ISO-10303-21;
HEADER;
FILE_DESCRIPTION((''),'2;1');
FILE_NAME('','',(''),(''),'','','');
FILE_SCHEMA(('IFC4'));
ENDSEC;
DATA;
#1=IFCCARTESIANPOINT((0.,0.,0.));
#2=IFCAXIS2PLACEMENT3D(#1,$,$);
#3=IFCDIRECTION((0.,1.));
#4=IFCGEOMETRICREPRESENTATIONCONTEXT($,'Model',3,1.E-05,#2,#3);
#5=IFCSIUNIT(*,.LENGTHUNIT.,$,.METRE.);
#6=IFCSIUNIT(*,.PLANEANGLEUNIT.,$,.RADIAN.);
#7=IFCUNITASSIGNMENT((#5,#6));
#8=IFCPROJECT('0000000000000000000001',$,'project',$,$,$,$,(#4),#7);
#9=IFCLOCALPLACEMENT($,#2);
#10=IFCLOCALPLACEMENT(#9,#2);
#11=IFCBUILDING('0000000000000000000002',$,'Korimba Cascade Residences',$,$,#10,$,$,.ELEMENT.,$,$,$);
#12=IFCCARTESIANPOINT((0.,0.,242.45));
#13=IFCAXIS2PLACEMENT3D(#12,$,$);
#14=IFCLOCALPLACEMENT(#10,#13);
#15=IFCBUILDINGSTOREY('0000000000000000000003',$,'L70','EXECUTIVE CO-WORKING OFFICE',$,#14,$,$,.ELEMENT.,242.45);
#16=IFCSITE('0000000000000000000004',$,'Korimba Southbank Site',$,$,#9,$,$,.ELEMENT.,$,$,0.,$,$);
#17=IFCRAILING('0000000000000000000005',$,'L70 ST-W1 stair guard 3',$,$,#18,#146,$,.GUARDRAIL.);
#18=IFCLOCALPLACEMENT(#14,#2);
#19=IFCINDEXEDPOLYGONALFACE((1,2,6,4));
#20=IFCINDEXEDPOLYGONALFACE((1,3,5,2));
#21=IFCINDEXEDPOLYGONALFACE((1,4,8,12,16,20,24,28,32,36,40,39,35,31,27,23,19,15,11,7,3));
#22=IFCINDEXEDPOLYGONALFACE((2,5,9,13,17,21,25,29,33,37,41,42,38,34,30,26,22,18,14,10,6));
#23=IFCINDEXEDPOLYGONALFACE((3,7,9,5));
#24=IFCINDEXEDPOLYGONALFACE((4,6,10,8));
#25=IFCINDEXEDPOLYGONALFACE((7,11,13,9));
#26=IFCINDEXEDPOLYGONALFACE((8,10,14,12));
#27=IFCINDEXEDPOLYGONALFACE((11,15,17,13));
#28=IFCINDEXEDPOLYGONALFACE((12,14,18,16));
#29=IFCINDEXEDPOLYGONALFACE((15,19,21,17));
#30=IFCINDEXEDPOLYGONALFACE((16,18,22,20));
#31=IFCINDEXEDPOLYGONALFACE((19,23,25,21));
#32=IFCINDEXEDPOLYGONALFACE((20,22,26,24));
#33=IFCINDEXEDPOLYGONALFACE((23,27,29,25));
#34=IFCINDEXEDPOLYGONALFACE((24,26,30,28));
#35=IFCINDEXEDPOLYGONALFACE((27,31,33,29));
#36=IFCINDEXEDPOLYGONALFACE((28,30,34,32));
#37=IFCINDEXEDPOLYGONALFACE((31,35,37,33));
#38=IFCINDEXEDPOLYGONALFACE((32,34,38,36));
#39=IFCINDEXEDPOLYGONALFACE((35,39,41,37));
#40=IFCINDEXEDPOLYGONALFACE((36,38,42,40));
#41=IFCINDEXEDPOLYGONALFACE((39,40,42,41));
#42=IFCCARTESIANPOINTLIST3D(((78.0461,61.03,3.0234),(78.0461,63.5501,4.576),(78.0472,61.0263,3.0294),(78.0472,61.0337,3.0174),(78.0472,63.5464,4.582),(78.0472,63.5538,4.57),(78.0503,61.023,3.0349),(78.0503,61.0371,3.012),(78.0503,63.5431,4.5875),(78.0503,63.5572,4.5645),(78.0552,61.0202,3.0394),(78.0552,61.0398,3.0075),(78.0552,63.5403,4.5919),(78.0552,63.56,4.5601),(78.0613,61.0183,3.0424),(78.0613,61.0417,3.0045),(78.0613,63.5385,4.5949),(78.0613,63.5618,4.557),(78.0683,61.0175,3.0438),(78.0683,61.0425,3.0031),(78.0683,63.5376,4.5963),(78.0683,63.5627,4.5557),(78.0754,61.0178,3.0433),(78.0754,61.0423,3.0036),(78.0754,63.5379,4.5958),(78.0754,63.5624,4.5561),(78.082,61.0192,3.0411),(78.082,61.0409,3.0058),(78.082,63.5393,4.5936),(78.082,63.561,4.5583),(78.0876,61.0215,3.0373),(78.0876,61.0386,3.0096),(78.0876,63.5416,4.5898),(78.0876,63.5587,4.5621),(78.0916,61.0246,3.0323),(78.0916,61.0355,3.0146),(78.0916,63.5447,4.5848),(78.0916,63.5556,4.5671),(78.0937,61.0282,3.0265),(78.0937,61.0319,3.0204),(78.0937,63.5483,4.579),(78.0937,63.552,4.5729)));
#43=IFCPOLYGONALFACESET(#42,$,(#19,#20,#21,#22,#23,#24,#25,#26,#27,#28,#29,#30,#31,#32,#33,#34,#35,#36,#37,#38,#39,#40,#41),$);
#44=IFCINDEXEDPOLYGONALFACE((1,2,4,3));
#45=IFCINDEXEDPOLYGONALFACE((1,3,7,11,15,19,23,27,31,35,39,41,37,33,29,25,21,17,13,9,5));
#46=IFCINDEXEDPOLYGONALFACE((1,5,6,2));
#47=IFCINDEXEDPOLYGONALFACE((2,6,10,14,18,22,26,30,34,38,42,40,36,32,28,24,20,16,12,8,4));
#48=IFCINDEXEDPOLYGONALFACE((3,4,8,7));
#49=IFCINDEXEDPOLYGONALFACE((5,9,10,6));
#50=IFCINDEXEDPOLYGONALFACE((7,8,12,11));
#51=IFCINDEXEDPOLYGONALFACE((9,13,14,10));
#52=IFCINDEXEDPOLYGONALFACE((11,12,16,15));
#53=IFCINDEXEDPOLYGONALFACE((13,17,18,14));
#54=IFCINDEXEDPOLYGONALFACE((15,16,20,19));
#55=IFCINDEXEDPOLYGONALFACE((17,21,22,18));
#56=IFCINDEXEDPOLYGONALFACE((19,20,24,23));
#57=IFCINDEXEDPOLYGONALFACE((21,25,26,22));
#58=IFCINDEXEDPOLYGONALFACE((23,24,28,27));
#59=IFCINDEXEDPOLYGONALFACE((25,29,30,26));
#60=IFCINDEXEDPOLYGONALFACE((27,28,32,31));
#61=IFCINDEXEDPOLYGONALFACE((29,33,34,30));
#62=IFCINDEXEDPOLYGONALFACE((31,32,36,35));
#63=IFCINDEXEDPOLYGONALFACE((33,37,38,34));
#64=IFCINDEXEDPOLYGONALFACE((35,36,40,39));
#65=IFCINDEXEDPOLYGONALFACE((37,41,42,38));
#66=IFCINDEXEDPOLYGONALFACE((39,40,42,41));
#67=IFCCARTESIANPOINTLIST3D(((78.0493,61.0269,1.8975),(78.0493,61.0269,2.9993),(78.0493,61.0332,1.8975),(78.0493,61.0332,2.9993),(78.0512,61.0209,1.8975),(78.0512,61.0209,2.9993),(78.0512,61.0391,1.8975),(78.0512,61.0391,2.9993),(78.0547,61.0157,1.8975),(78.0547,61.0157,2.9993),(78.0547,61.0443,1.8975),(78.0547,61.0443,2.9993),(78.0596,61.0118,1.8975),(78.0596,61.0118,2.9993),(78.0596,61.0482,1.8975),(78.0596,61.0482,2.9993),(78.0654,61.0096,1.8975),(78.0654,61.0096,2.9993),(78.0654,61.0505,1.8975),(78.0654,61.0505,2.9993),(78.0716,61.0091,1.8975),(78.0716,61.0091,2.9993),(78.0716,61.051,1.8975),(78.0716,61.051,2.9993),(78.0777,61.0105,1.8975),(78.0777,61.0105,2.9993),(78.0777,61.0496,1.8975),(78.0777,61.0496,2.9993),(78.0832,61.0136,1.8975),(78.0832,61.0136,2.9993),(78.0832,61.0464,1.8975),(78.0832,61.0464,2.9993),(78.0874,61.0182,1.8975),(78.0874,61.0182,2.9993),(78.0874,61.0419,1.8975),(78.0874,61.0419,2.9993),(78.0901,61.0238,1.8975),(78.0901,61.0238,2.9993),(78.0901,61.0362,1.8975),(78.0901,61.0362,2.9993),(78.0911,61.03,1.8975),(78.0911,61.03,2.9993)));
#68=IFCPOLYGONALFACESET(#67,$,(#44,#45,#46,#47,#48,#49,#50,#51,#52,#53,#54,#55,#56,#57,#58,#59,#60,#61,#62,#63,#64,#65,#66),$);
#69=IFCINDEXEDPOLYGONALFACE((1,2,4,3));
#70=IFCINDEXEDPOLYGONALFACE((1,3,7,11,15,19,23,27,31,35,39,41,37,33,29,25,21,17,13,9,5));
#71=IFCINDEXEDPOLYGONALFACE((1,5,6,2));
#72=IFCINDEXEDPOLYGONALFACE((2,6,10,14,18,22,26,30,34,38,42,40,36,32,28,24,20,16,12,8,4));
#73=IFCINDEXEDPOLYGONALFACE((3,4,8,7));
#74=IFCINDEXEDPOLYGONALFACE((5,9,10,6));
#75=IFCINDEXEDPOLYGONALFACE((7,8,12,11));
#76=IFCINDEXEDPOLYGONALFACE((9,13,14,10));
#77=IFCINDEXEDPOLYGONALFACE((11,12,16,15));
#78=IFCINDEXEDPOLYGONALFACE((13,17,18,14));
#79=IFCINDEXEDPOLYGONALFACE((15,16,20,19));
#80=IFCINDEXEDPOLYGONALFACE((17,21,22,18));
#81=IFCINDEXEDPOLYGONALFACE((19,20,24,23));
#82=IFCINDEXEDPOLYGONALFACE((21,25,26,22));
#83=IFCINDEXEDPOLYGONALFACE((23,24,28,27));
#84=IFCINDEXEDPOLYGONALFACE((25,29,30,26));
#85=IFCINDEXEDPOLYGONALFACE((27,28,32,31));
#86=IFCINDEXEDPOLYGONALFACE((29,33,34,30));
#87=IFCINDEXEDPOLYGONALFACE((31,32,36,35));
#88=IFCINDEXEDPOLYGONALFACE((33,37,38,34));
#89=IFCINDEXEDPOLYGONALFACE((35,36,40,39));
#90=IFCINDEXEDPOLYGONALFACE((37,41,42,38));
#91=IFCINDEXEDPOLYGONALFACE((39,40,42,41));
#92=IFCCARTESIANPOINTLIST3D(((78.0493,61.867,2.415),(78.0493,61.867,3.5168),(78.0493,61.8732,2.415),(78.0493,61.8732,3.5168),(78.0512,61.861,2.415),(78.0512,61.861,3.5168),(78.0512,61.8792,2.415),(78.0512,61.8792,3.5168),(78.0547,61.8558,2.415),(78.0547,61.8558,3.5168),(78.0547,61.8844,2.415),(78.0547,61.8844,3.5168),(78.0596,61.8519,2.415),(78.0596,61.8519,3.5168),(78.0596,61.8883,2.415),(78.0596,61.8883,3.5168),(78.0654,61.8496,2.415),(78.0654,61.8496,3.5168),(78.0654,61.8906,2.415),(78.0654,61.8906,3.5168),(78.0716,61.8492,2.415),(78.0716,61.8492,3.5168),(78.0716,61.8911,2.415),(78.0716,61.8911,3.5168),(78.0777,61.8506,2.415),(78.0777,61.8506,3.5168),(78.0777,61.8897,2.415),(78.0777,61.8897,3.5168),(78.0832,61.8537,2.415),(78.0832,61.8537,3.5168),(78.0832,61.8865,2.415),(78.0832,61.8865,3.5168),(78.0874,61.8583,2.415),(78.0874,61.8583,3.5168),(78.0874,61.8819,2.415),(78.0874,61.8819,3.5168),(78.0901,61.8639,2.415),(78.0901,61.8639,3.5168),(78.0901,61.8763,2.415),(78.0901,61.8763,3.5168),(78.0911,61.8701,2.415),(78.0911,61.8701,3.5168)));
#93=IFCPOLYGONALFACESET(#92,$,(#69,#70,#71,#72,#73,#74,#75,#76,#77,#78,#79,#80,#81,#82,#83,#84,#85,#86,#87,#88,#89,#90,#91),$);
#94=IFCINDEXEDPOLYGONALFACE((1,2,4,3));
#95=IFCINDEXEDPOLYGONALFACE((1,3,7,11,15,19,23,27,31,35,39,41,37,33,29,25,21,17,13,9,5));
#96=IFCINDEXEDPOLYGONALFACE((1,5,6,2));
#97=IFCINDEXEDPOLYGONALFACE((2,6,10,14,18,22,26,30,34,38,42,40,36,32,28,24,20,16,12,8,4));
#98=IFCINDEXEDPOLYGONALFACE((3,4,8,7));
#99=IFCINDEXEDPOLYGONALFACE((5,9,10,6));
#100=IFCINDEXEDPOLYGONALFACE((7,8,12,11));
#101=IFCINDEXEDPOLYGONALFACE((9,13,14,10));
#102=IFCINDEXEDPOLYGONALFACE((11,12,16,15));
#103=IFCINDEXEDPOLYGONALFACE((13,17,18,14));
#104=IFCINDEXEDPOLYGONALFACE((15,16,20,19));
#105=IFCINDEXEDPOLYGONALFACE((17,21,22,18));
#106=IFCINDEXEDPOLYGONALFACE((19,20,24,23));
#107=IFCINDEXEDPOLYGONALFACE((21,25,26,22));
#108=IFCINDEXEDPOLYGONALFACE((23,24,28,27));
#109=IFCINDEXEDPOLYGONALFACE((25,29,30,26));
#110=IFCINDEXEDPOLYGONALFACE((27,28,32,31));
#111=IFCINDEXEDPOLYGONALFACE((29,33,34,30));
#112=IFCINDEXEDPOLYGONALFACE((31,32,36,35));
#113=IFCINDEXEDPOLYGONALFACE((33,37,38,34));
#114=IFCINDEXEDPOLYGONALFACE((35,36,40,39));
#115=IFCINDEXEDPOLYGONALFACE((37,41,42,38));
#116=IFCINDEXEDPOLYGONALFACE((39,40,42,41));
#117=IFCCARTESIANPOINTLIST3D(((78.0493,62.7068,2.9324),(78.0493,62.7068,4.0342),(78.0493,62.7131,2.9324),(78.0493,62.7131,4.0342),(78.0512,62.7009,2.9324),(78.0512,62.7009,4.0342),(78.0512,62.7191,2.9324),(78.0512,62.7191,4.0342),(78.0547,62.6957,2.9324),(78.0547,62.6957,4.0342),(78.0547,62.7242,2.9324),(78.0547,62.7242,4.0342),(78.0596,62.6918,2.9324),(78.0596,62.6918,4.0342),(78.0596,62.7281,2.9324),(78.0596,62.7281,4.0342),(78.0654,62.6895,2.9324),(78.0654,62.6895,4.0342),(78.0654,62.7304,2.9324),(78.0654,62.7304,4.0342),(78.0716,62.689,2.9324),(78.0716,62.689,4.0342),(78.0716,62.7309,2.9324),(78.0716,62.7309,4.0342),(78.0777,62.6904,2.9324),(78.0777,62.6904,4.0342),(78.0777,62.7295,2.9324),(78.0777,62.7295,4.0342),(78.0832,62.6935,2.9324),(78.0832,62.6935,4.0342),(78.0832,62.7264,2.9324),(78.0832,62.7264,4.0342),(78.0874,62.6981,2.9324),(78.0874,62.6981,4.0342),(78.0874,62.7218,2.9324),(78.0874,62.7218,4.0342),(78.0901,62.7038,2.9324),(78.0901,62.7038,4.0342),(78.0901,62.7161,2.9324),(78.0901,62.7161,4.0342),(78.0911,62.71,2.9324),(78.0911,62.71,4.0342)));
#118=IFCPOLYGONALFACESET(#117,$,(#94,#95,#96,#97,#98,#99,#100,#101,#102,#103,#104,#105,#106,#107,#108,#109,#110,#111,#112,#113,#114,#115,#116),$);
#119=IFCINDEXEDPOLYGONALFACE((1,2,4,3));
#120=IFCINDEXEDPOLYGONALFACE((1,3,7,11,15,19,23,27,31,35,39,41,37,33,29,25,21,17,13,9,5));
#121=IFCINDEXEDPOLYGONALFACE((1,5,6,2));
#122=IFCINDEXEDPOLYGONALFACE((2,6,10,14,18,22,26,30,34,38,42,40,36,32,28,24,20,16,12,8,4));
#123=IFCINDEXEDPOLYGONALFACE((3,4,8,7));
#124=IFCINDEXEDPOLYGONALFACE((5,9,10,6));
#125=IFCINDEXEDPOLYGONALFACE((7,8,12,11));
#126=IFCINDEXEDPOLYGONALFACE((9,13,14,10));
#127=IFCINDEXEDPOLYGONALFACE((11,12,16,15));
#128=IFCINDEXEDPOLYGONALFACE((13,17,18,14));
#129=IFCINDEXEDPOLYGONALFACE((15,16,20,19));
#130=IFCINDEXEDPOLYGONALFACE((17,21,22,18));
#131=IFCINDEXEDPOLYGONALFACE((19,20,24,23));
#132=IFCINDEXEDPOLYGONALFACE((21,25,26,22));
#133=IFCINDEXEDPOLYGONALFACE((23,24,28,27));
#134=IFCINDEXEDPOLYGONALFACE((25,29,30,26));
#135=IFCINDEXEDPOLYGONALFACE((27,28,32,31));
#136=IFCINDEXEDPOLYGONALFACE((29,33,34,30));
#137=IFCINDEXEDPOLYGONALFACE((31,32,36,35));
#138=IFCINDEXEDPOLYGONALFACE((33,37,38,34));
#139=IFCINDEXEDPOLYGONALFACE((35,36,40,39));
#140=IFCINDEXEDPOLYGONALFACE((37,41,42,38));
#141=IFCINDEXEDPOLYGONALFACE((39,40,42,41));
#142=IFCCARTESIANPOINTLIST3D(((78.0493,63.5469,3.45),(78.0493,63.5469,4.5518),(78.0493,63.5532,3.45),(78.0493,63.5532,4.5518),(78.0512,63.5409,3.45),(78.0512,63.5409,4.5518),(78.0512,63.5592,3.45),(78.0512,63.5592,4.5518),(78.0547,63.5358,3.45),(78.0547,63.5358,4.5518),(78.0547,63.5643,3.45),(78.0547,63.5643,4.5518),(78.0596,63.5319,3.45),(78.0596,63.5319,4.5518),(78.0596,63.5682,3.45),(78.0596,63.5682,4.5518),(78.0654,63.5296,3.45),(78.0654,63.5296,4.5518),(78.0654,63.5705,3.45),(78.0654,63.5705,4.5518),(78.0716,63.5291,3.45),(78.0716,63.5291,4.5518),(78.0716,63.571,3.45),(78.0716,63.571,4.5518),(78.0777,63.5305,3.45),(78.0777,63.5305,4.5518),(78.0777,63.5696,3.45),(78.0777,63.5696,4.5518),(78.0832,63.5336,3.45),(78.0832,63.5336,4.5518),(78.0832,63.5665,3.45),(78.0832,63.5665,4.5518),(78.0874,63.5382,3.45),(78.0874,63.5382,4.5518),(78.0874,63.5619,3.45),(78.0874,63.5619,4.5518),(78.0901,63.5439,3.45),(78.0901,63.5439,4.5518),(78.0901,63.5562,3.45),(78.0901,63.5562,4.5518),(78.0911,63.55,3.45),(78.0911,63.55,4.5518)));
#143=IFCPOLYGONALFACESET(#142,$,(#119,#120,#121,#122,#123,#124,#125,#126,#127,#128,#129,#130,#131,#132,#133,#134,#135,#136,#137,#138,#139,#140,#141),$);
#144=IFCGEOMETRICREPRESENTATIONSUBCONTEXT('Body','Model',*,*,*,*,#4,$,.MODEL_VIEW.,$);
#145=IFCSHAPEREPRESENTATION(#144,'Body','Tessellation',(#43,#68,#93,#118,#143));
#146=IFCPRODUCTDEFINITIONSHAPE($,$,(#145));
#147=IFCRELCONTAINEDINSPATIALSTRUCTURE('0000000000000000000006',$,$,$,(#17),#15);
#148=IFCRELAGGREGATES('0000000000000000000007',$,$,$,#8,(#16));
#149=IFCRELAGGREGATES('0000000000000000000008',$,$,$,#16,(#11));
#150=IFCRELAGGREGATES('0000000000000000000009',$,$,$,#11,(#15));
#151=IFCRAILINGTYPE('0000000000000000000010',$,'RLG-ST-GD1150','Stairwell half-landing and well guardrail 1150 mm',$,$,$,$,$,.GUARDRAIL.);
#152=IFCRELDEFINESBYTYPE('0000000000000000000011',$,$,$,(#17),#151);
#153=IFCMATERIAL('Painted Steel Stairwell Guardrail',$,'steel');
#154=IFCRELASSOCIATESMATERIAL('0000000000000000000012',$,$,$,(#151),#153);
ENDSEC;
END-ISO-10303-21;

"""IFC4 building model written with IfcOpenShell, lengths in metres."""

from ifc_helpers import new_model, si_unit, direction, frame, origin, origin_2d, place, context, subcontext, project, spatial, circle, extrude, material, type_object, element, save


model = new_model("IFC4")

# Units and contexts
model_context = context("Model", 3, precision=1e-05, world=origin(), true_north=direction((0.0, 1.0)))
body_context = subcontext(model_context, "Body", "Model", "MODEL_VIEW")
ifc_project = project(units=[si_unit("LENGTHUNIT", "METRE"), si_unit("PLANEANGLEUNIT", "RADIAN")], contexts=[model_context])

# Site, building, storey
site_placement = place(None, origin())
site = spatial("IfcSite", under=ifc_project, at=site_placement, Name="Korimba Southbank Site", CompositionType="ELEMENT", RefElevation=0.0)
building_placement = place(site_placement, origin())
building = spatial("IfcBuilding", under=site, at=building_placement, Name="Korimba Cascade Residences", CompositionType="ELEMENT")
storey_placement = place(building_placement, frame((0.0, 0.0, 242.45)))
storey = spatial("IfcBuildingStorey", under=building, at=storey_placement, Name="L70", Description="EXECUTIVE CO-WORKING OFFICE", CompositionType="ELEMENT", Elevation=242.45)

# Railing
ifc_material_1 = material(Name="Painted Steel Stairwell Guardrail", Category="steel")
railing_type_1 = type_object("IfcRailingType", Name="RLG-ST-GD1150", Description="Stairwell half-landing and well guardrail 1150 mm", PredefinedType="GUARDRAIL", material=ifc_material_1)
railing_1_placement = place(storey_placement, frame((78.0701, 61.03, 1.8975)))
element("IfcRailing", 1, at=railing_1_placement, inside=storey, type_object=railing_type_1, Name="L70 ST-W1 stair guard 3", PredefinedType="GUARDRAIL", context=body_context, shape_type="SweptSolid", body=[
    extrude(circle(Radius=0.0239, at=origin_2d()), frame((0.0, 0.0, 1.126), z_axis=(0.0, 0.8514, 0.524516), x_axis=(-1.0, 0.0, 0.0)), (0.0, 0.0, 1.0), 2.96),
    extrude(circle(Radius=0.021, at=origin_2d()), origin(), (0.0, 0.0, 1.0), 1.1018),
    extrude(circle(Radius=0.021, at=origin_2d()), frame((0.0, 0.8401, 0.5176)), (0.0, 0.0, 1.0), 1.1018),
    extrude(circle(Radius=0.021, at=origin_2d()), frame((0.0, 1.6799, 1.0349)), (0.0, 0.0, 1.0), 1.1018),
    extrude(circle(Radius=0.021, at=origin_2d()), frame((0.0, 2.52, 1.5525)), (0.0, 0.0, 1.0), 1.1018),
])

save(model, "model.ifc")
